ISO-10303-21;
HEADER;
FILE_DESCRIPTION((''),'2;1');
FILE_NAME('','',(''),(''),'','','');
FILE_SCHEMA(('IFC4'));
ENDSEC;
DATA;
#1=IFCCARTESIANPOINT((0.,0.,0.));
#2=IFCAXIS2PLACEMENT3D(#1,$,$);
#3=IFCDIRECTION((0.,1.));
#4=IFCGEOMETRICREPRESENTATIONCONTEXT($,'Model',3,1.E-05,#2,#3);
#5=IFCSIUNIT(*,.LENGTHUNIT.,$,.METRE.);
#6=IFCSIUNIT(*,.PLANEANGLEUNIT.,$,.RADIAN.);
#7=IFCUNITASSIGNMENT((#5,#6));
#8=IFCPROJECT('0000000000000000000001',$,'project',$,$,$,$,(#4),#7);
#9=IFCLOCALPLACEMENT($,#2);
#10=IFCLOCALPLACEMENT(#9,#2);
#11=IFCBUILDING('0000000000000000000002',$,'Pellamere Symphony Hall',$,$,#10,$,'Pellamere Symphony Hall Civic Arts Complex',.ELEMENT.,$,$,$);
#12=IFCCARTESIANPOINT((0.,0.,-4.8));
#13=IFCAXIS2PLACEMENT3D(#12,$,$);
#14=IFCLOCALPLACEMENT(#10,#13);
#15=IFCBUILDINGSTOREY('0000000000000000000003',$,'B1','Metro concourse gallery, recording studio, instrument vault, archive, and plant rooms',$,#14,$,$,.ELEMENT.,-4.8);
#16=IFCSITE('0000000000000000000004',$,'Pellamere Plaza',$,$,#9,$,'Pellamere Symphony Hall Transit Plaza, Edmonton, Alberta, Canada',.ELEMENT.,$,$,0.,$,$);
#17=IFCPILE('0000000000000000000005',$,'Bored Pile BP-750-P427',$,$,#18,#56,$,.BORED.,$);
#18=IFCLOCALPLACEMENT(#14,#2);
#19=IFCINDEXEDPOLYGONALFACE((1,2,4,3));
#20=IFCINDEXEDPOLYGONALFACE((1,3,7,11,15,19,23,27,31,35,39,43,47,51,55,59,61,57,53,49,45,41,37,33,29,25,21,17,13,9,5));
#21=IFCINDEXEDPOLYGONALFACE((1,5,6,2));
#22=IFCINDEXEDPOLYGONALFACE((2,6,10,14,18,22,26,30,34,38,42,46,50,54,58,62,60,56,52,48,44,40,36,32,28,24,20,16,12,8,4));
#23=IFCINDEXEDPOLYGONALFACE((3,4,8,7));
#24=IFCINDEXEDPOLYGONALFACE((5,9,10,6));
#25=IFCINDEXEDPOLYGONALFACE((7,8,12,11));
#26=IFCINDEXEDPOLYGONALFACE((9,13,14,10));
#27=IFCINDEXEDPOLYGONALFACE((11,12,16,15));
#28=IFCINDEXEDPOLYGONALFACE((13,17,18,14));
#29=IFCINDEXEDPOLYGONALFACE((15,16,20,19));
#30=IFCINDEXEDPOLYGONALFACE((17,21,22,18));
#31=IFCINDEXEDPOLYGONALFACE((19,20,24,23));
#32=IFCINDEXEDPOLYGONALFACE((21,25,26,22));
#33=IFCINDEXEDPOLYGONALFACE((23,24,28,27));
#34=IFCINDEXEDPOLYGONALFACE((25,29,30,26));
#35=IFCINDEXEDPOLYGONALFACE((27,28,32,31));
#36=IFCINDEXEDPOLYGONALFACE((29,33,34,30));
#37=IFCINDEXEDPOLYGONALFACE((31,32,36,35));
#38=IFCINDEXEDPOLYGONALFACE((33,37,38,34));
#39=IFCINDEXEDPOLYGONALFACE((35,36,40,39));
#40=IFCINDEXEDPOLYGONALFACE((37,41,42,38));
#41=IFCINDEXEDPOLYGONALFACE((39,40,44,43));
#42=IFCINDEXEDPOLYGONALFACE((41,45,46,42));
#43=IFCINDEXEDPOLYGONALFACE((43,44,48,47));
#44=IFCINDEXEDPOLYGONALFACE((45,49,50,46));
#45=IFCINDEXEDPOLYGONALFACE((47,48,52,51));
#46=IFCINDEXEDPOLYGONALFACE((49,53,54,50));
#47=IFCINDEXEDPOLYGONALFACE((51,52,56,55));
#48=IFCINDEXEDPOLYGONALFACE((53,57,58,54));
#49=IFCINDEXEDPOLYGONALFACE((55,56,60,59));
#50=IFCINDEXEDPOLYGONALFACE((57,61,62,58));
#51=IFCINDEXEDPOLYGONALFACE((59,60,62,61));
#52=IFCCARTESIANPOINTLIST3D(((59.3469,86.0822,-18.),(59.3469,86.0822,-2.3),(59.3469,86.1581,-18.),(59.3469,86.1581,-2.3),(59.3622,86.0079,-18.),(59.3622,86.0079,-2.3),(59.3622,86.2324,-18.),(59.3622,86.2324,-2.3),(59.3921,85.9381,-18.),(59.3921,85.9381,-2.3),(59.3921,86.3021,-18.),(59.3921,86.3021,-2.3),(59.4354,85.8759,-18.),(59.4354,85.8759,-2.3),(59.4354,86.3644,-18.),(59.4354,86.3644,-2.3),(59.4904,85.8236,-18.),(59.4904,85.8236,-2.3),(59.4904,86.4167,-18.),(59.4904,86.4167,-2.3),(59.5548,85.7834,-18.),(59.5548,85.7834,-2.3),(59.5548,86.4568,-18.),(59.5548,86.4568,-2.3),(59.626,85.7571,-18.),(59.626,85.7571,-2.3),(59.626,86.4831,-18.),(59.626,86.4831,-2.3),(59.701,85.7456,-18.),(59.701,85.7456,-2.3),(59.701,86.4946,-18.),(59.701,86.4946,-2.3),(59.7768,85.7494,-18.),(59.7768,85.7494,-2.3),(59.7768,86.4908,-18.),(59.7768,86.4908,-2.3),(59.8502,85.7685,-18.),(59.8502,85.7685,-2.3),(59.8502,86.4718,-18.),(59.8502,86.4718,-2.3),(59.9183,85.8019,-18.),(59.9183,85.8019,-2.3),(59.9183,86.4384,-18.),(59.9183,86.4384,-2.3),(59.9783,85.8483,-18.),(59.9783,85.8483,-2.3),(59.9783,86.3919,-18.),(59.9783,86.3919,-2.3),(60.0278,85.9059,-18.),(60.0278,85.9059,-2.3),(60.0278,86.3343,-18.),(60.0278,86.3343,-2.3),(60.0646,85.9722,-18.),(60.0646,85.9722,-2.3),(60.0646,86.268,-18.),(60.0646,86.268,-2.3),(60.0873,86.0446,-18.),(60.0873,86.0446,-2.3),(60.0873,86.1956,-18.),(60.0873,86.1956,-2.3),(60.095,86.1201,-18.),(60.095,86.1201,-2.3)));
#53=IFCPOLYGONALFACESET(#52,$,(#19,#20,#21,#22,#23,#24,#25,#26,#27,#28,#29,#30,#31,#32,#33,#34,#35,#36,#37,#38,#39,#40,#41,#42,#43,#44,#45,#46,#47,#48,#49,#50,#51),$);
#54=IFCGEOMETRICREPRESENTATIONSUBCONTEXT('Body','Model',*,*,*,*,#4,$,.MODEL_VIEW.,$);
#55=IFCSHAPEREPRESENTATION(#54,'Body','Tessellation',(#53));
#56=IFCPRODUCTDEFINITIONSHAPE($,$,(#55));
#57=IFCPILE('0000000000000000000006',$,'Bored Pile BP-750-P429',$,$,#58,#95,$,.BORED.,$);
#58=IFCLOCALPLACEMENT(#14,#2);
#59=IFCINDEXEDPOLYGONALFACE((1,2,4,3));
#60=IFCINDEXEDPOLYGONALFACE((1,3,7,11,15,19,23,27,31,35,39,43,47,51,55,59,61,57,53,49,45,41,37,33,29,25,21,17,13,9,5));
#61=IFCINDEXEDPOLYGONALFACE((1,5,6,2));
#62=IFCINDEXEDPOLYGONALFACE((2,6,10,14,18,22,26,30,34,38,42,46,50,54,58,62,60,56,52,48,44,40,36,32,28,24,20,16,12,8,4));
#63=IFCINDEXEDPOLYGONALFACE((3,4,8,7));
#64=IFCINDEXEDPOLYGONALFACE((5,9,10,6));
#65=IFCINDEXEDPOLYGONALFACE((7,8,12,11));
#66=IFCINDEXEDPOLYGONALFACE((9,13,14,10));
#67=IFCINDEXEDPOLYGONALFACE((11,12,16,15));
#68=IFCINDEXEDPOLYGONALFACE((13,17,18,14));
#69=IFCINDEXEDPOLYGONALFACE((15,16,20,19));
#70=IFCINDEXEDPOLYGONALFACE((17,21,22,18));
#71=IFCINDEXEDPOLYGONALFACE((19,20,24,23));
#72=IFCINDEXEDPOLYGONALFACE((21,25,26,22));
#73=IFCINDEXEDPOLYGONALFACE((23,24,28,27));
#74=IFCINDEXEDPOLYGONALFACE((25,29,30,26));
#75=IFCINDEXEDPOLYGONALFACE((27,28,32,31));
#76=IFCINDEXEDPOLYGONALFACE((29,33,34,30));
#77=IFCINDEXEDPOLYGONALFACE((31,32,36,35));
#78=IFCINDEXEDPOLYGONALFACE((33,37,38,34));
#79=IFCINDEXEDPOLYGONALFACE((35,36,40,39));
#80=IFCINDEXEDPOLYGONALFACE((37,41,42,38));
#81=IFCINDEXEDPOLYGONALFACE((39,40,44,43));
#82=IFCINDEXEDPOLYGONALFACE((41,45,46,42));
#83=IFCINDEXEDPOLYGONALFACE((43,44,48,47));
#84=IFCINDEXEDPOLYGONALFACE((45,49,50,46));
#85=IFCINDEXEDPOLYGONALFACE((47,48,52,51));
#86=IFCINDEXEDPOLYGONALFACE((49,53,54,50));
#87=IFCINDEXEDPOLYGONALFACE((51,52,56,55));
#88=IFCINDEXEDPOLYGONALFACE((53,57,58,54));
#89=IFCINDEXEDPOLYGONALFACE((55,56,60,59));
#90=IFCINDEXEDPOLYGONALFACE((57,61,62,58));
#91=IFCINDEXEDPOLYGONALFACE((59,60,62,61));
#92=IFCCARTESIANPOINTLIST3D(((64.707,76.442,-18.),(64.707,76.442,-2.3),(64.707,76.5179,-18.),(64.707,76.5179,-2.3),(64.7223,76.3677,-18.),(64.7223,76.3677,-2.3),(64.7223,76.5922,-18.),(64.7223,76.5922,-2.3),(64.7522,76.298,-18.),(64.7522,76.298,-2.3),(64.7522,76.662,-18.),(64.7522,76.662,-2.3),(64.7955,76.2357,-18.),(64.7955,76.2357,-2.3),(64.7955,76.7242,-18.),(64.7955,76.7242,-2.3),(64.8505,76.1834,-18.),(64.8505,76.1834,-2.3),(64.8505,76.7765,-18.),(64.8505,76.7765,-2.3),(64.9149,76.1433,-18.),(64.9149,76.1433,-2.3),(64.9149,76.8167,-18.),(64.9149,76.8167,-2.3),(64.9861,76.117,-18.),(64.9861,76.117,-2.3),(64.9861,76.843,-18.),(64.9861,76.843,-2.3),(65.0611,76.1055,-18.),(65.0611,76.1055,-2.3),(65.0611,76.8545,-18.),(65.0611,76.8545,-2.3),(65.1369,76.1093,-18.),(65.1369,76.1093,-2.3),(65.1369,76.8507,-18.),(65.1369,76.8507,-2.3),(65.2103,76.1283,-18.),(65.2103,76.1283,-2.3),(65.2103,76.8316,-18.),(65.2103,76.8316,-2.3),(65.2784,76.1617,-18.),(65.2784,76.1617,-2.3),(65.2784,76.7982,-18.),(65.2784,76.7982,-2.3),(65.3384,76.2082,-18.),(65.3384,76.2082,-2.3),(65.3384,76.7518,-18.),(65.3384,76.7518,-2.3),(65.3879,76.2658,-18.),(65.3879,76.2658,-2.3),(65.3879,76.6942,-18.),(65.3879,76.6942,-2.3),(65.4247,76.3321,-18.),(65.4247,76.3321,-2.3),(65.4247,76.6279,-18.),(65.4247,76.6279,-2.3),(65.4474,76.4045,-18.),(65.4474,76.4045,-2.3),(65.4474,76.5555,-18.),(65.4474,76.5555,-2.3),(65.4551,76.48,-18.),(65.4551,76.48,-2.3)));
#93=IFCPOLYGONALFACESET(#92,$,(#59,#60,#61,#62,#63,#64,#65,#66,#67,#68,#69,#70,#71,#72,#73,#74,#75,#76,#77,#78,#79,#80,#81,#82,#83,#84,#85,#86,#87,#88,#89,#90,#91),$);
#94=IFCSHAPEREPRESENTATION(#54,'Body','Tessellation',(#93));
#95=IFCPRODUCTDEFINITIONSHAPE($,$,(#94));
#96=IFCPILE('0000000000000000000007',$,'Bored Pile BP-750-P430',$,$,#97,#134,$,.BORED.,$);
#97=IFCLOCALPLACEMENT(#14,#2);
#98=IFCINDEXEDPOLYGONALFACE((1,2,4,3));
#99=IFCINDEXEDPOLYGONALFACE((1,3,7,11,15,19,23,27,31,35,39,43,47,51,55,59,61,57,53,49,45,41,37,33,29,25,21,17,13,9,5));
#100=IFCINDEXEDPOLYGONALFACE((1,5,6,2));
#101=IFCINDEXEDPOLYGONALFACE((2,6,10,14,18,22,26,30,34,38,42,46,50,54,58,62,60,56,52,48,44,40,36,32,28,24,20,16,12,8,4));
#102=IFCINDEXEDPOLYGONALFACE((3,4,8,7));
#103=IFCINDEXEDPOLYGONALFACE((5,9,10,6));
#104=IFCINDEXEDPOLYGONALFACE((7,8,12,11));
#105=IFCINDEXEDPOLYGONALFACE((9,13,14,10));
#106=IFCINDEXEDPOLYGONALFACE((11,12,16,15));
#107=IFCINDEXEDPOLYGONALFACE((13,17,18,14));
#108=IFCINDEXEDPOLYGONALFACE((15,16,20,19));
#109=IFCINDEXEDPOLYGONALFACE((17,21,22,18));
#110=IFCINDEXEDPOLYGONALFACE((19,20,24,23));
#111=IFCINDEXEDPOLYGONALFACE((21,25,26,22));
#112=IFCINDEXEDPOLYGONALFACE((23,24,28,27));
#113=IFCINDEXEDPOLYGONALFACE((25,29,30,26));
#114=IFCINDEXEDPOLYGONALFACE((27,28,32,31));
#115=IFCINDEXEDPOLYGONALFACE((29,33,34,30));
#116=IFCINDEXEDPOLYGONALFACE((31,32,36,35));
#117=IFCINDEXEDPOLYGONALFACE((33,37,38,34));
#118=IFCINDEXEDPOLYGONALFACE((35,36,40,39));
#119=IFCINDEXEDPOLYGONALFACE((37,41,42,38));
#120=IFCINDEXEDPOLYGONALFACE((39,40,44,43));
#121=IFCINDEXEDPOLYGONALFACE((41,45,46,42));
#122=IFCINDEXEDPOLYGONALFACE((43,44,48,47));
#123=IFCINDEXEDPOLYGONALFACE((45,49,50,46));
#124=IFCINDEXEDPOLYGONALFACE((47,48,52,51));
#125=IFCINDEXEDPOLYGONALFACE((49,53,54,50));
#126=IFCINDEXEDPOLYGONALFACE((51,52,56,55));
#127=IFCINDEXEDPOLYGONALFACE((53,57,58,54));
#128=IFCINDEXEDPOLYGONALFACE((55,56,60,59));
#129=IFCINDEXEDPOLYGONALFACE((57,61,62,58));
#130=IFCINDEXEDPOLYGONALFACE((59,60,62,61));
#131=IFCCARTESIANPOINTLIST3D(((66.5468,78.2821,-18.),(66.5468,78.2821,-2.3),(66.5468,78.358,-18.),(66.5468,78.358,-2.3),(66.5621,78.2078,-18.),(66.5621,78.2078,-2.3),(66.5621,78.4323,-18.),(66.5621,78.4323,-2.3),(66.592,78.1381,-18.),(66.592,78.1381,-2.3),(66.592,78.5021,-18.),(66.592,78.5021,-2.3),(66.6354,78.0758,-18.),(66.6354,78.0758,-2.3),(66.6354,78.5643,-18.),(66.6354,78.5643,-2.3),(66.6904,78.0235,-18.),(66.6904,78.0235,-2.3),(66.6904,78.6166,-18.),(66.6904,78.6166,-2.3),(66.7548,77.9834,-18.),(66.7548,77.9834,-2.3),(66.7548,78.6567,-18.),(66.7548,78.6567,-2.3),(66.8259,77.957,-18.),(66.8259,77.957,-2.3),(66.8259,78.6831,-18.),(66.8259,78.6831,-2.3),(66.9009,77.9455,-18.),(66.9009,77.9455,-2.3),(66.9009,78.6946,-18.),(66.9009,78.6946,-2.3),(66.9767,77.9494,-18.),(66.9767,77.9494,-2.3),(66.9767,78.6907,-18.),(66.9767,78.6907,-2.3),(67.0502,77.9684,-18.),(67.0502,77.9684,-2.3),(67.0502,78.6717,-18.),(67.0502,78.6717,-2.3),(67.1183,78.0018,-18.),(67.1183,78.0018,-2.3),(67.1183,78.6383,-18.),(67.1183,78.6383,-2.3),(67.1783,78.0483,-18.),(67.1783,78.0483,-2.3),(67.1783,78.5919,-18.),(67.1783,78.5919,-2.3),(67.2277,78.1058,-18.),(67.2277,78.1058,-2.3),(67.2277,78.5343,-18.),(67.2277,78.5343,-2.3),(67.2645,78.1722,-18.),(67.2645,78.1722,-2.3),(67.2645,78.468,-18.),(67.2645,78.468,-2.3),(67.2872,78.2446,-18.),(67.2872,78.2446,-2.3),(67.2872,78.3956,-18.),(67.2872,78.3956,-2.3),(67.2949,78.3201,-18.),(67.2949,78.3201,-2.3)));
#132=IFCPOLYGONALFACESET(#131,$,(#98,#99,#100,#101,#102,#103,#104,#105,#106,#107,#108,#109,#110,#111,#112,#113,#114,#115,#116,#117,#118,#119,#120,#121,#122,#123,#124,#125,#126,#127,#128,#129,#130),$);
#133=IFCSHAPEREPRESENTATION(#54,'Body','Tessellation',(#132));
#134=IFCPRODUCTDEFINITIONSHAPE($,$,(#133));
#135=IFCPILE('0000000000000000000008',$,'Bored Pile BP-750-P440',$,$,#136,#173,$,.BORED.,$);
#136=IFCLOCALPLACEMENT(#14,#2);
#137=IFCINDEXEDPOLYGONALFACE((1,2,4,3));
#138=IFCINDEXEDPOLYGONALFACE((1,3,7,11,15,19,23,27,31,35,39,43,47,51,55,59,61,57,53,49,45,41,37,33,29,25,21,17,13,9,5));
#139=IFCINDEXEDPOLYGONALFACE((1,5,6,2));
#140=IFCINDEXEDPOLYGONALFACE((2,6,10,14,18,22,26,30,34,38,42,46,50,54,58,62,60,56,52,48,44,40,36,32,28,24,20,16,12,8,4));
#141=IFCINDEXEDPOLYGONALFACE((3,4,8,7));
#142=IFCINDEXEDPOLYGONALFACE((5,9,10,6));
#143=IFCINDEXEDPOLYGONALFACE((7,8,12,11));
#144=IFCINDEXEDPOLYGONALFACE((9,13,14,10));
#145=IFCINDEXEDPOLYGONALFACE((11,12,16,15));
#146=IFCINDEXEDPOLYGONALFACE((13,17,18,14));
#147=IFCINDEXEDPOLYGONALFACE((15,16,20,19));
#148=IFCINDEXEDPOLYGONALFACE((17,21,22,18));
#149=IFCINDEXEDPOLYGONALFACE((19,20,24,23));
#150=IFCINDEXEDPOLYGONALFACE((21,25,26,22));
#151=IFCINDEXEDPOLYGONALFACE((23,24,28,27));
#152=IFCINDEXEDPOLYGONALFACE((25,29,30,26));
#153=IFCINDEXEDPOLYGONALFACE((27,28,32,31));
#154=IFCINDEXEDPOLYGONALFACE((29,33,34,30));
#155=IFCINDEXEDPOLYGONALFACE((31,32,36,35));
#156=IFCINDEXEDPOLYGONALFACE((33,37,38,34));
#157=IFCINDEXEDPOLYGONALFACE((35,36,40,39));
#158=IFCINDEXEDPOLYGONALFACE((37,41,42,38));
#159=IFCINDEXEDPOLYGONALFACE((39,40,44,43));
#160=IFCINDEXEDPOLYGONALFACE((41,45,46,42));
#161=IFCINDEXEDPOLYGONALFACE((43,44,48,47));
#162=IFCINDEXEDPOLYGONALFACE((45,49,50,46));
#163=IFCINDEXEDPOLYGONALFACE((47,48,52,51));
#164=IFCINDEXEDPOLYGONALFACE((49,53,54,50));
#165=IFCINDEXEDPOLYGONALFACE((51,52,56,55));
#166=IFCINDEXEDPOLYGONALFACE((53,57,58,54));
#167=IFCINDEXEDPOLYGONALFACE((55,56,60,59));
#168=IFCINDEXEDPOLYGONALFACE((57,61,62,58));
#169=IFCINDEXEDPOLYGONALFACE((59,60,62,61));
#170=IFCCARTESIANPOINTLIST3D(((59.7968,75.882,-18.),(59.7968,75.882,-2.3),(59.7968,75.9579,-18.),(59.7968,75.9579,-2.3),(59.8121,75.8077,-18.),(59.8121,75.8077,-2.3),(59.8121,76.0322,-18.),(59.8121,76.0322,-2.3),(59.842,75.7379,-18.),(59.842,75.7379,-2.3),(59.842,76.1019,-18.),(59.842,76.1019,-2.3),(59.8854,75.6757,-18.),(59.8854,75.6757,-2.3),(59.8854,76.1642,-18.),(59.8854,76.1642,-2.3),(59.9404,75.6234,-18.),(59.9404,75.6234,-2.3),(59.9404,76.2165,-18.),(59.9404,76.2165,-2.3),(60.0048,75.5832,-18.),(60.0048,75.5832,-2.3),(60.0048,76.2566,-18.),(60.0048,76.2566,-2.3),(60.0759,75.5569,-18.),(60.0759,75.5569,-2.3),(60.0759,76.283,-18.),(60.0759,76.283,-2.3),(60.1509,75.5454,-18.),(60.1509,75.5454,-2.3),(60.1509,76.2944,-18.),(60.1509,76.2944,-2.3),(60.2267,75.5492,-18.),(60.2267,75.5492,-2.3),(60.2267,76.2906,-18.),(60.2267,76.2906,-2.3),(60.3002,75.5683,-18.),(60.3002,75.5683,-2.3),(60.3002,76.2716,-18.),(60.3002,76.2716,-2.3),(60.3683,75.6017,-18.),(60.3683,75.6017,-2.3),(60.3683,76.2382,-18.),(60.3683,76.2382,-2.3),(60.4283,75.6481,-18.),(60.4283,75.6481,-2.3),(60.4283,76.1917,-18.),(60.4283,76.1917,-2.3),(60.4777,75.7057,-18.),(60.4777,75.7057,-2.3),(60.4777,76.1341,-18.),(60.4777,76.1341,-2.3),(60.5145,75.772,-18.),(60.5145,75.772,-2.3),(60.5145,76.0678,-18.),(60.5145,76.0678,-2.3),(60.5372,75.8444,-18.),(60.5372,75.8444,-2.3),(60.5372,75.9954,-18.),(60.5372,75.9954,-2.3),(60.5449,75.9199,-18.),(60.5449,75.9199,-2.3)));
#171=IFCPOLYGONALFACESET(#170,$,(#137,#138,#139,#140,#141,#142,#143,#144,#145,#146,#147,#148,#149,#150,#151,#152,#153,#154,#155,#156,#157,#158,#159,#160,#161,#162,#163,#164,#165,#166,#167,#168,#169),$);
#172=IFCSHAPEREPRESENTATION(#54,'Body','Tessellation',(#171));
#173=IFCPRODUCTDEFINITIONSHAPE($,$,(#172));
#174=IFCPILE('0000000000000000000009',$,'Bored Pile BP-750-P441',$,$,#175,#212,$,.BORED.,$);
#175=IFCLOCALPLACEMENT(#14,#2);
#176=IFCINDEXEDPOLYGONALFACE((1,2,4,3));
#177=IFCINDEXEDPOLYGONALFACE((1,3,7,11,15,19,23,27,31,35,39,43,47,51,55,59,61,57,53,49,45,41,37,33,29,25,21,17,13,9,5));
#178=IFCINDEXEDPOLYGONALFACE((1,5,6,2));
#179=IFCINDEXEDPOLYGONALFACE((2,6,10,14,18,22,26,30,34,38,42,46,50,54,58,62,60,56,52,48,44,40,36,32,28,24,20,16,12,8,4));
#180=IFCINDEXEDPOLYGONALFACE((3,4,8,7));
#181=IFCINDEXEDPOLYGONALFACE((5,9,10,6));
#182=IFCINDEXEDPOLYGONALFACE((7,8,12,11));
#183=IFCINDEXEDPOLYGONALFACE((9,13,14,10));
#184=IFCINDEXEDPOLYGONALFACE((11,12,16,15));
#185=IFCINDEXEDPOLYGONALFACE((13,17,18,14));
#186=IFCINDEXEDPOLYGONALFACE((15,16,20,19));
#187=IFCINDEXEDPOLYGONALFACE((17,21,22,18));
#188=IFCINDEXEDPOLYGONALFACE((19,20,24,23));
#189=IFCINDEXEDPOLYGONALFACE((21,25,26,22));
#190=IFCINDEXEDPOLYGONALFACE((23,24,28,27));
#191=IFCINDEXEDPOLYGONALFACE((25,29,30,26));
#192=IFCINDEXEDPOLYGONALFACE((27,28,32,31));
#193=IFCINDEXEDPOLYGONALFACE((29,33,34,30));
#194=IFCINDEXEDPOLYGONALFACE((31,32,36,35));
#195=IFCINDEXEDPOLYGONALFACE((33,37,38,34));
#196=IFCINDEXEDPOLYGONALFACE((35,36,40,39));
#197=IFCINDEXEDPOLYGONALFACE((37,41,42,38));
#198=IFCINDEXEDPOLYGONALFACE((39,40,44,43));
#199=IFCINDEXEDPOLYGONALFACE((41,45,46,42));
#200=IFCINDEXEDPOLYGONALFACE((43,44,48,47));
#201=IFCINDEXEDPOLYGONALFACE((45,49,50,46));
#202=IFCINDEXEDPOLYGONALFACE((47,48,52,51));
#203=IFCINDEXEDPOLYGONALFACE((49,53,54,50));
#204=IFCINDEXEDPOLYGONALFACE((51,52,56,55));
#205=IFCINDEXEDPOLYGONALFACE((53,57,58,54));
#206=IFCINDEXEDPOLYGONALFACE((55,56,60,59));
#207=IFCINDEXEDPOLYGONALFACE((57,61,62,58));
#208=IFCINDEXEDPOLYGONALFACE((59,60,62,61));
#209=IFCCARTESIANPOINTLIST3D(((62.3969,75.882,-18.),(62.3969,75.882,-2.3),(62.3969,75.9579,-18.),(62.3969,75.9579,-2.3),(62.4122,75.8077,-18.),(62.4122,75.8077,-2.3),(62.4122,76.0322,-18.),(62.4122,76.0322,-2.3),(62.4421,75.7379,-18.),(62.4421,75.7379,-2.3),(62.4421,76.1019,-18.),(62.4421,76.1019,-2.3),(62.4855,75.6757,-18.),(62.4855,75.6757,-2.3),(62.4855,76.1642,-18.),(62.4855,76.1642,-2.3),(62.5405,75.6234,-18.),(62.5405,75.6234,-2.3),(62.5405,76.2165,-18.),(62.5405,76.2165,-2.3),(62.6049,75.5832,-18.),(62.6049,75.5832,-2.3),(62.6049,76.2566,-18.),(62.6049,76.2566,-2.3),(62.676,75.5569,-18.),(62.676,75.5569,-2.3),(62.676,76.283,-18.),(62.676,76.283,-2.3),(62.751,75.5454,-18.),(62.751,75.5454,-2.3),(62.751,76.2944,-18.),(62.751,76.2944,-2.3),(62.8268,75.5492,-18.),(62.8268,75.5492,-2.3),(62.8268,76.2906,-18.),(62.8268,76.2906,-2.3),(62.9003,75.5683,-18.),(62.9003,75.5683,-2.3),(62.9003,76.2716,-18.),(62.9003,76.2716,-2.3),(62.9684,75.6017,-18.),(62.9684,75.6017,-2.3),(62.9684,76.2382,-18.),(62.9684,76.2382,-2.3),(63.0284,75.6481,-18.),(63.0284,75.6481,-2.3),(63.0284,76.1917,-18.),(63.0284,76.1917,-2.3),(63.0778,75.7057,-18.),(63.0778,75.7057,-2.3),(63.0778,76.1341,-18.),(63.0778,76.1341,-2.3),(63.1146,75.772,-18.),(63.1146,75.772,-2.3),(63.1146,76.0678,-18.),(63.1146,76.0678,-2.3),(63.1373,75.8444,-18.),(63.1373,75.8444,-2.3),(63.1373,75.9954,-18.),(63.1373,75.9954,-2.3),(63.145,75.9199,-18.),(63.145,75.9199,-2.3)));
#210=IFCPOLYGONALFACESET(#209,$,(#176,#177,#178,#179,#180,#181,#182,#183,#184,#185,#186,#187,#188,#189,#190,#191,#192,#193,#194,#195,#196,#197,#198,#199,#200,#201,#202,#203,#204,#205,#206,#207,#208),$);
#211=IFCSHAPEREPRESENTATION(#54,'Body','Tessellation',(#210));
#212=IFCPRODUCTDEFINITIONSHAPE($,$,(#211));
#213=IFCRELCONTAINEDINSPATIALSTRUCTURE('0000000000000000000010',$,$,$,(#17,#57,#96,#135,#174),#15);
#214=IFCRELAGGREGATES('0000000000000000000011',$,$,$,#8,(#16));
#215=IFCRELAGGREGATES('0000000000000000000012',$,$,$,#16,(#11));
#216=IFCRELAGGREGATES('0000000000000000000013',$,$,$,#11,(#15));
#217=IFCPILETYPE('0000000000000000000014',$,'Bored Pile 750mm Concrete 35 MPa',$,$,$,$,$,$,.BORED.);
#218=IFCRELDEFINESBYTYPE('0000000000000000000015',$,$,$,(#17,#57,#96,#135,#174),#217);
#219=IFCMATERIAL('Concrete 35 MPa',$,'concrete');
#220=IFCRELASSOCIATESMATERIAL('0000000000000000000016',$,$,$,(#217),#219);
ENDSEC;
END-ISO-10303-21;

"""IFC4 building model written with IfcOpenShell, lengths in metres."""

from ifc_helpers import new_model, si_unit, direction, frame, origin, origin_2d, place, context, subcontext, project, spatial, circle, extrude, material, material_profile, profile_set, type_object, element, save


model = new_model("IFC4")

# Units and contexts
model_context = context("Model", 3, precision=1e-05, world=origin(), true_north=direction((0.0, 1.0)))
body_context = subcontext(model_context, "Body", "Model", "MODEL_VIEW")
ifc_project = project(units=[si_unit("LENGTHUNIT", "METRE"), si_unit("PLANEANGLEUNIT", "RADIAN")], contexts=[model_context])

# Site, building, storey
site_placement = place(None, origin())
site = spatial("IfcSite", under=ifc_project, at=site_placement, Name="Pellamere Plaza", LongName="Pellamere Symphony Hall Transit Plaza, Edmonton, Alberta, Canada", CompositionType="ELEMENT", RefElevation=0.0)
building_placement = place(site_placement, origin())
building = spatial("IfcBuilding", under=site, at=building_placement, Name="Pellamere Symphony Hall", LongName="Pellamere Symphony Hall Civic Arts Complex", CompositionType="ELEMENT")
storey_placement = place(building_placement, frame((0.0, 0.0, -4.8)))
storey = spatial("IfcBuildingStorey", under=building, at=storey_placement, Name="B1", Description="Metro concourse gallery, recording studio, instrument vault, archive, and plant rooms", CompositionType="ELEMENT", Elevation=-4.8)

# Piles
ifc_material_1 = material(Name="Concrete 35 MPa", Category="concrete")
ifc_material_profile_1 = material_profile(ifc_material_1, circle(Radius=0.375, at=origin_2d()), Name="PILE D750")
ifc_profile_set_1 = profile_set([ifc_material_profile_1], Name="Concrete 35 MPa")
pile_type = type_object("IfcPileType", Name="Bored Pile 750mm Concrete 35 MPa", PredefinedType="BORED", material=ifc_profile_set_1)
for number, where, z_axis, x_axis, name in (
    (1, (59.72, 86.1201, -2.3), (0.0, 0.0, -1.0), (1.0, 0.0, 0.0), "Bored Pile BP-750-P427"),
    (2, (65.0801, 76.48, -2.3), (0.0, 0.0, -1.0), (1.0, 0.0, 0.0), "Bored Pile BP-750-P429"),
    (3, (66.9199, 78.3201, -2.3), (0.0, 0.0, -1.0), (1.0, 0.0, 0.0), "Bored Pile BP-750-P430"),
    (4, (60.1699, 75.9199, -2.3), (0.0, 0.0, -1.0), (1.0, 0.0, 0.0), "Bored Pile BP-750-P440"),
    (5, (62.77, 75.9199, -2.3), (0.0, 0.0, -1.0), (1.0, 0.0, 0.0), "Bored Pile BP-750-P441"),
):
    element("IfcPile", number, at=place(storey_placement, frame(where, z_axis=z_axis, x_axis=x_axis)), inside=storey, type_object=pile_type, Name=name, PredefinedType="BORED", context=body_context, shape_type="SweptSolid", body=[
        extrude(circle(Radius=0.375, at=origin_2d()), origin(), (0.0, 0.0, 1.0), 15.7),
    ])

save(model, "model.ifc")
